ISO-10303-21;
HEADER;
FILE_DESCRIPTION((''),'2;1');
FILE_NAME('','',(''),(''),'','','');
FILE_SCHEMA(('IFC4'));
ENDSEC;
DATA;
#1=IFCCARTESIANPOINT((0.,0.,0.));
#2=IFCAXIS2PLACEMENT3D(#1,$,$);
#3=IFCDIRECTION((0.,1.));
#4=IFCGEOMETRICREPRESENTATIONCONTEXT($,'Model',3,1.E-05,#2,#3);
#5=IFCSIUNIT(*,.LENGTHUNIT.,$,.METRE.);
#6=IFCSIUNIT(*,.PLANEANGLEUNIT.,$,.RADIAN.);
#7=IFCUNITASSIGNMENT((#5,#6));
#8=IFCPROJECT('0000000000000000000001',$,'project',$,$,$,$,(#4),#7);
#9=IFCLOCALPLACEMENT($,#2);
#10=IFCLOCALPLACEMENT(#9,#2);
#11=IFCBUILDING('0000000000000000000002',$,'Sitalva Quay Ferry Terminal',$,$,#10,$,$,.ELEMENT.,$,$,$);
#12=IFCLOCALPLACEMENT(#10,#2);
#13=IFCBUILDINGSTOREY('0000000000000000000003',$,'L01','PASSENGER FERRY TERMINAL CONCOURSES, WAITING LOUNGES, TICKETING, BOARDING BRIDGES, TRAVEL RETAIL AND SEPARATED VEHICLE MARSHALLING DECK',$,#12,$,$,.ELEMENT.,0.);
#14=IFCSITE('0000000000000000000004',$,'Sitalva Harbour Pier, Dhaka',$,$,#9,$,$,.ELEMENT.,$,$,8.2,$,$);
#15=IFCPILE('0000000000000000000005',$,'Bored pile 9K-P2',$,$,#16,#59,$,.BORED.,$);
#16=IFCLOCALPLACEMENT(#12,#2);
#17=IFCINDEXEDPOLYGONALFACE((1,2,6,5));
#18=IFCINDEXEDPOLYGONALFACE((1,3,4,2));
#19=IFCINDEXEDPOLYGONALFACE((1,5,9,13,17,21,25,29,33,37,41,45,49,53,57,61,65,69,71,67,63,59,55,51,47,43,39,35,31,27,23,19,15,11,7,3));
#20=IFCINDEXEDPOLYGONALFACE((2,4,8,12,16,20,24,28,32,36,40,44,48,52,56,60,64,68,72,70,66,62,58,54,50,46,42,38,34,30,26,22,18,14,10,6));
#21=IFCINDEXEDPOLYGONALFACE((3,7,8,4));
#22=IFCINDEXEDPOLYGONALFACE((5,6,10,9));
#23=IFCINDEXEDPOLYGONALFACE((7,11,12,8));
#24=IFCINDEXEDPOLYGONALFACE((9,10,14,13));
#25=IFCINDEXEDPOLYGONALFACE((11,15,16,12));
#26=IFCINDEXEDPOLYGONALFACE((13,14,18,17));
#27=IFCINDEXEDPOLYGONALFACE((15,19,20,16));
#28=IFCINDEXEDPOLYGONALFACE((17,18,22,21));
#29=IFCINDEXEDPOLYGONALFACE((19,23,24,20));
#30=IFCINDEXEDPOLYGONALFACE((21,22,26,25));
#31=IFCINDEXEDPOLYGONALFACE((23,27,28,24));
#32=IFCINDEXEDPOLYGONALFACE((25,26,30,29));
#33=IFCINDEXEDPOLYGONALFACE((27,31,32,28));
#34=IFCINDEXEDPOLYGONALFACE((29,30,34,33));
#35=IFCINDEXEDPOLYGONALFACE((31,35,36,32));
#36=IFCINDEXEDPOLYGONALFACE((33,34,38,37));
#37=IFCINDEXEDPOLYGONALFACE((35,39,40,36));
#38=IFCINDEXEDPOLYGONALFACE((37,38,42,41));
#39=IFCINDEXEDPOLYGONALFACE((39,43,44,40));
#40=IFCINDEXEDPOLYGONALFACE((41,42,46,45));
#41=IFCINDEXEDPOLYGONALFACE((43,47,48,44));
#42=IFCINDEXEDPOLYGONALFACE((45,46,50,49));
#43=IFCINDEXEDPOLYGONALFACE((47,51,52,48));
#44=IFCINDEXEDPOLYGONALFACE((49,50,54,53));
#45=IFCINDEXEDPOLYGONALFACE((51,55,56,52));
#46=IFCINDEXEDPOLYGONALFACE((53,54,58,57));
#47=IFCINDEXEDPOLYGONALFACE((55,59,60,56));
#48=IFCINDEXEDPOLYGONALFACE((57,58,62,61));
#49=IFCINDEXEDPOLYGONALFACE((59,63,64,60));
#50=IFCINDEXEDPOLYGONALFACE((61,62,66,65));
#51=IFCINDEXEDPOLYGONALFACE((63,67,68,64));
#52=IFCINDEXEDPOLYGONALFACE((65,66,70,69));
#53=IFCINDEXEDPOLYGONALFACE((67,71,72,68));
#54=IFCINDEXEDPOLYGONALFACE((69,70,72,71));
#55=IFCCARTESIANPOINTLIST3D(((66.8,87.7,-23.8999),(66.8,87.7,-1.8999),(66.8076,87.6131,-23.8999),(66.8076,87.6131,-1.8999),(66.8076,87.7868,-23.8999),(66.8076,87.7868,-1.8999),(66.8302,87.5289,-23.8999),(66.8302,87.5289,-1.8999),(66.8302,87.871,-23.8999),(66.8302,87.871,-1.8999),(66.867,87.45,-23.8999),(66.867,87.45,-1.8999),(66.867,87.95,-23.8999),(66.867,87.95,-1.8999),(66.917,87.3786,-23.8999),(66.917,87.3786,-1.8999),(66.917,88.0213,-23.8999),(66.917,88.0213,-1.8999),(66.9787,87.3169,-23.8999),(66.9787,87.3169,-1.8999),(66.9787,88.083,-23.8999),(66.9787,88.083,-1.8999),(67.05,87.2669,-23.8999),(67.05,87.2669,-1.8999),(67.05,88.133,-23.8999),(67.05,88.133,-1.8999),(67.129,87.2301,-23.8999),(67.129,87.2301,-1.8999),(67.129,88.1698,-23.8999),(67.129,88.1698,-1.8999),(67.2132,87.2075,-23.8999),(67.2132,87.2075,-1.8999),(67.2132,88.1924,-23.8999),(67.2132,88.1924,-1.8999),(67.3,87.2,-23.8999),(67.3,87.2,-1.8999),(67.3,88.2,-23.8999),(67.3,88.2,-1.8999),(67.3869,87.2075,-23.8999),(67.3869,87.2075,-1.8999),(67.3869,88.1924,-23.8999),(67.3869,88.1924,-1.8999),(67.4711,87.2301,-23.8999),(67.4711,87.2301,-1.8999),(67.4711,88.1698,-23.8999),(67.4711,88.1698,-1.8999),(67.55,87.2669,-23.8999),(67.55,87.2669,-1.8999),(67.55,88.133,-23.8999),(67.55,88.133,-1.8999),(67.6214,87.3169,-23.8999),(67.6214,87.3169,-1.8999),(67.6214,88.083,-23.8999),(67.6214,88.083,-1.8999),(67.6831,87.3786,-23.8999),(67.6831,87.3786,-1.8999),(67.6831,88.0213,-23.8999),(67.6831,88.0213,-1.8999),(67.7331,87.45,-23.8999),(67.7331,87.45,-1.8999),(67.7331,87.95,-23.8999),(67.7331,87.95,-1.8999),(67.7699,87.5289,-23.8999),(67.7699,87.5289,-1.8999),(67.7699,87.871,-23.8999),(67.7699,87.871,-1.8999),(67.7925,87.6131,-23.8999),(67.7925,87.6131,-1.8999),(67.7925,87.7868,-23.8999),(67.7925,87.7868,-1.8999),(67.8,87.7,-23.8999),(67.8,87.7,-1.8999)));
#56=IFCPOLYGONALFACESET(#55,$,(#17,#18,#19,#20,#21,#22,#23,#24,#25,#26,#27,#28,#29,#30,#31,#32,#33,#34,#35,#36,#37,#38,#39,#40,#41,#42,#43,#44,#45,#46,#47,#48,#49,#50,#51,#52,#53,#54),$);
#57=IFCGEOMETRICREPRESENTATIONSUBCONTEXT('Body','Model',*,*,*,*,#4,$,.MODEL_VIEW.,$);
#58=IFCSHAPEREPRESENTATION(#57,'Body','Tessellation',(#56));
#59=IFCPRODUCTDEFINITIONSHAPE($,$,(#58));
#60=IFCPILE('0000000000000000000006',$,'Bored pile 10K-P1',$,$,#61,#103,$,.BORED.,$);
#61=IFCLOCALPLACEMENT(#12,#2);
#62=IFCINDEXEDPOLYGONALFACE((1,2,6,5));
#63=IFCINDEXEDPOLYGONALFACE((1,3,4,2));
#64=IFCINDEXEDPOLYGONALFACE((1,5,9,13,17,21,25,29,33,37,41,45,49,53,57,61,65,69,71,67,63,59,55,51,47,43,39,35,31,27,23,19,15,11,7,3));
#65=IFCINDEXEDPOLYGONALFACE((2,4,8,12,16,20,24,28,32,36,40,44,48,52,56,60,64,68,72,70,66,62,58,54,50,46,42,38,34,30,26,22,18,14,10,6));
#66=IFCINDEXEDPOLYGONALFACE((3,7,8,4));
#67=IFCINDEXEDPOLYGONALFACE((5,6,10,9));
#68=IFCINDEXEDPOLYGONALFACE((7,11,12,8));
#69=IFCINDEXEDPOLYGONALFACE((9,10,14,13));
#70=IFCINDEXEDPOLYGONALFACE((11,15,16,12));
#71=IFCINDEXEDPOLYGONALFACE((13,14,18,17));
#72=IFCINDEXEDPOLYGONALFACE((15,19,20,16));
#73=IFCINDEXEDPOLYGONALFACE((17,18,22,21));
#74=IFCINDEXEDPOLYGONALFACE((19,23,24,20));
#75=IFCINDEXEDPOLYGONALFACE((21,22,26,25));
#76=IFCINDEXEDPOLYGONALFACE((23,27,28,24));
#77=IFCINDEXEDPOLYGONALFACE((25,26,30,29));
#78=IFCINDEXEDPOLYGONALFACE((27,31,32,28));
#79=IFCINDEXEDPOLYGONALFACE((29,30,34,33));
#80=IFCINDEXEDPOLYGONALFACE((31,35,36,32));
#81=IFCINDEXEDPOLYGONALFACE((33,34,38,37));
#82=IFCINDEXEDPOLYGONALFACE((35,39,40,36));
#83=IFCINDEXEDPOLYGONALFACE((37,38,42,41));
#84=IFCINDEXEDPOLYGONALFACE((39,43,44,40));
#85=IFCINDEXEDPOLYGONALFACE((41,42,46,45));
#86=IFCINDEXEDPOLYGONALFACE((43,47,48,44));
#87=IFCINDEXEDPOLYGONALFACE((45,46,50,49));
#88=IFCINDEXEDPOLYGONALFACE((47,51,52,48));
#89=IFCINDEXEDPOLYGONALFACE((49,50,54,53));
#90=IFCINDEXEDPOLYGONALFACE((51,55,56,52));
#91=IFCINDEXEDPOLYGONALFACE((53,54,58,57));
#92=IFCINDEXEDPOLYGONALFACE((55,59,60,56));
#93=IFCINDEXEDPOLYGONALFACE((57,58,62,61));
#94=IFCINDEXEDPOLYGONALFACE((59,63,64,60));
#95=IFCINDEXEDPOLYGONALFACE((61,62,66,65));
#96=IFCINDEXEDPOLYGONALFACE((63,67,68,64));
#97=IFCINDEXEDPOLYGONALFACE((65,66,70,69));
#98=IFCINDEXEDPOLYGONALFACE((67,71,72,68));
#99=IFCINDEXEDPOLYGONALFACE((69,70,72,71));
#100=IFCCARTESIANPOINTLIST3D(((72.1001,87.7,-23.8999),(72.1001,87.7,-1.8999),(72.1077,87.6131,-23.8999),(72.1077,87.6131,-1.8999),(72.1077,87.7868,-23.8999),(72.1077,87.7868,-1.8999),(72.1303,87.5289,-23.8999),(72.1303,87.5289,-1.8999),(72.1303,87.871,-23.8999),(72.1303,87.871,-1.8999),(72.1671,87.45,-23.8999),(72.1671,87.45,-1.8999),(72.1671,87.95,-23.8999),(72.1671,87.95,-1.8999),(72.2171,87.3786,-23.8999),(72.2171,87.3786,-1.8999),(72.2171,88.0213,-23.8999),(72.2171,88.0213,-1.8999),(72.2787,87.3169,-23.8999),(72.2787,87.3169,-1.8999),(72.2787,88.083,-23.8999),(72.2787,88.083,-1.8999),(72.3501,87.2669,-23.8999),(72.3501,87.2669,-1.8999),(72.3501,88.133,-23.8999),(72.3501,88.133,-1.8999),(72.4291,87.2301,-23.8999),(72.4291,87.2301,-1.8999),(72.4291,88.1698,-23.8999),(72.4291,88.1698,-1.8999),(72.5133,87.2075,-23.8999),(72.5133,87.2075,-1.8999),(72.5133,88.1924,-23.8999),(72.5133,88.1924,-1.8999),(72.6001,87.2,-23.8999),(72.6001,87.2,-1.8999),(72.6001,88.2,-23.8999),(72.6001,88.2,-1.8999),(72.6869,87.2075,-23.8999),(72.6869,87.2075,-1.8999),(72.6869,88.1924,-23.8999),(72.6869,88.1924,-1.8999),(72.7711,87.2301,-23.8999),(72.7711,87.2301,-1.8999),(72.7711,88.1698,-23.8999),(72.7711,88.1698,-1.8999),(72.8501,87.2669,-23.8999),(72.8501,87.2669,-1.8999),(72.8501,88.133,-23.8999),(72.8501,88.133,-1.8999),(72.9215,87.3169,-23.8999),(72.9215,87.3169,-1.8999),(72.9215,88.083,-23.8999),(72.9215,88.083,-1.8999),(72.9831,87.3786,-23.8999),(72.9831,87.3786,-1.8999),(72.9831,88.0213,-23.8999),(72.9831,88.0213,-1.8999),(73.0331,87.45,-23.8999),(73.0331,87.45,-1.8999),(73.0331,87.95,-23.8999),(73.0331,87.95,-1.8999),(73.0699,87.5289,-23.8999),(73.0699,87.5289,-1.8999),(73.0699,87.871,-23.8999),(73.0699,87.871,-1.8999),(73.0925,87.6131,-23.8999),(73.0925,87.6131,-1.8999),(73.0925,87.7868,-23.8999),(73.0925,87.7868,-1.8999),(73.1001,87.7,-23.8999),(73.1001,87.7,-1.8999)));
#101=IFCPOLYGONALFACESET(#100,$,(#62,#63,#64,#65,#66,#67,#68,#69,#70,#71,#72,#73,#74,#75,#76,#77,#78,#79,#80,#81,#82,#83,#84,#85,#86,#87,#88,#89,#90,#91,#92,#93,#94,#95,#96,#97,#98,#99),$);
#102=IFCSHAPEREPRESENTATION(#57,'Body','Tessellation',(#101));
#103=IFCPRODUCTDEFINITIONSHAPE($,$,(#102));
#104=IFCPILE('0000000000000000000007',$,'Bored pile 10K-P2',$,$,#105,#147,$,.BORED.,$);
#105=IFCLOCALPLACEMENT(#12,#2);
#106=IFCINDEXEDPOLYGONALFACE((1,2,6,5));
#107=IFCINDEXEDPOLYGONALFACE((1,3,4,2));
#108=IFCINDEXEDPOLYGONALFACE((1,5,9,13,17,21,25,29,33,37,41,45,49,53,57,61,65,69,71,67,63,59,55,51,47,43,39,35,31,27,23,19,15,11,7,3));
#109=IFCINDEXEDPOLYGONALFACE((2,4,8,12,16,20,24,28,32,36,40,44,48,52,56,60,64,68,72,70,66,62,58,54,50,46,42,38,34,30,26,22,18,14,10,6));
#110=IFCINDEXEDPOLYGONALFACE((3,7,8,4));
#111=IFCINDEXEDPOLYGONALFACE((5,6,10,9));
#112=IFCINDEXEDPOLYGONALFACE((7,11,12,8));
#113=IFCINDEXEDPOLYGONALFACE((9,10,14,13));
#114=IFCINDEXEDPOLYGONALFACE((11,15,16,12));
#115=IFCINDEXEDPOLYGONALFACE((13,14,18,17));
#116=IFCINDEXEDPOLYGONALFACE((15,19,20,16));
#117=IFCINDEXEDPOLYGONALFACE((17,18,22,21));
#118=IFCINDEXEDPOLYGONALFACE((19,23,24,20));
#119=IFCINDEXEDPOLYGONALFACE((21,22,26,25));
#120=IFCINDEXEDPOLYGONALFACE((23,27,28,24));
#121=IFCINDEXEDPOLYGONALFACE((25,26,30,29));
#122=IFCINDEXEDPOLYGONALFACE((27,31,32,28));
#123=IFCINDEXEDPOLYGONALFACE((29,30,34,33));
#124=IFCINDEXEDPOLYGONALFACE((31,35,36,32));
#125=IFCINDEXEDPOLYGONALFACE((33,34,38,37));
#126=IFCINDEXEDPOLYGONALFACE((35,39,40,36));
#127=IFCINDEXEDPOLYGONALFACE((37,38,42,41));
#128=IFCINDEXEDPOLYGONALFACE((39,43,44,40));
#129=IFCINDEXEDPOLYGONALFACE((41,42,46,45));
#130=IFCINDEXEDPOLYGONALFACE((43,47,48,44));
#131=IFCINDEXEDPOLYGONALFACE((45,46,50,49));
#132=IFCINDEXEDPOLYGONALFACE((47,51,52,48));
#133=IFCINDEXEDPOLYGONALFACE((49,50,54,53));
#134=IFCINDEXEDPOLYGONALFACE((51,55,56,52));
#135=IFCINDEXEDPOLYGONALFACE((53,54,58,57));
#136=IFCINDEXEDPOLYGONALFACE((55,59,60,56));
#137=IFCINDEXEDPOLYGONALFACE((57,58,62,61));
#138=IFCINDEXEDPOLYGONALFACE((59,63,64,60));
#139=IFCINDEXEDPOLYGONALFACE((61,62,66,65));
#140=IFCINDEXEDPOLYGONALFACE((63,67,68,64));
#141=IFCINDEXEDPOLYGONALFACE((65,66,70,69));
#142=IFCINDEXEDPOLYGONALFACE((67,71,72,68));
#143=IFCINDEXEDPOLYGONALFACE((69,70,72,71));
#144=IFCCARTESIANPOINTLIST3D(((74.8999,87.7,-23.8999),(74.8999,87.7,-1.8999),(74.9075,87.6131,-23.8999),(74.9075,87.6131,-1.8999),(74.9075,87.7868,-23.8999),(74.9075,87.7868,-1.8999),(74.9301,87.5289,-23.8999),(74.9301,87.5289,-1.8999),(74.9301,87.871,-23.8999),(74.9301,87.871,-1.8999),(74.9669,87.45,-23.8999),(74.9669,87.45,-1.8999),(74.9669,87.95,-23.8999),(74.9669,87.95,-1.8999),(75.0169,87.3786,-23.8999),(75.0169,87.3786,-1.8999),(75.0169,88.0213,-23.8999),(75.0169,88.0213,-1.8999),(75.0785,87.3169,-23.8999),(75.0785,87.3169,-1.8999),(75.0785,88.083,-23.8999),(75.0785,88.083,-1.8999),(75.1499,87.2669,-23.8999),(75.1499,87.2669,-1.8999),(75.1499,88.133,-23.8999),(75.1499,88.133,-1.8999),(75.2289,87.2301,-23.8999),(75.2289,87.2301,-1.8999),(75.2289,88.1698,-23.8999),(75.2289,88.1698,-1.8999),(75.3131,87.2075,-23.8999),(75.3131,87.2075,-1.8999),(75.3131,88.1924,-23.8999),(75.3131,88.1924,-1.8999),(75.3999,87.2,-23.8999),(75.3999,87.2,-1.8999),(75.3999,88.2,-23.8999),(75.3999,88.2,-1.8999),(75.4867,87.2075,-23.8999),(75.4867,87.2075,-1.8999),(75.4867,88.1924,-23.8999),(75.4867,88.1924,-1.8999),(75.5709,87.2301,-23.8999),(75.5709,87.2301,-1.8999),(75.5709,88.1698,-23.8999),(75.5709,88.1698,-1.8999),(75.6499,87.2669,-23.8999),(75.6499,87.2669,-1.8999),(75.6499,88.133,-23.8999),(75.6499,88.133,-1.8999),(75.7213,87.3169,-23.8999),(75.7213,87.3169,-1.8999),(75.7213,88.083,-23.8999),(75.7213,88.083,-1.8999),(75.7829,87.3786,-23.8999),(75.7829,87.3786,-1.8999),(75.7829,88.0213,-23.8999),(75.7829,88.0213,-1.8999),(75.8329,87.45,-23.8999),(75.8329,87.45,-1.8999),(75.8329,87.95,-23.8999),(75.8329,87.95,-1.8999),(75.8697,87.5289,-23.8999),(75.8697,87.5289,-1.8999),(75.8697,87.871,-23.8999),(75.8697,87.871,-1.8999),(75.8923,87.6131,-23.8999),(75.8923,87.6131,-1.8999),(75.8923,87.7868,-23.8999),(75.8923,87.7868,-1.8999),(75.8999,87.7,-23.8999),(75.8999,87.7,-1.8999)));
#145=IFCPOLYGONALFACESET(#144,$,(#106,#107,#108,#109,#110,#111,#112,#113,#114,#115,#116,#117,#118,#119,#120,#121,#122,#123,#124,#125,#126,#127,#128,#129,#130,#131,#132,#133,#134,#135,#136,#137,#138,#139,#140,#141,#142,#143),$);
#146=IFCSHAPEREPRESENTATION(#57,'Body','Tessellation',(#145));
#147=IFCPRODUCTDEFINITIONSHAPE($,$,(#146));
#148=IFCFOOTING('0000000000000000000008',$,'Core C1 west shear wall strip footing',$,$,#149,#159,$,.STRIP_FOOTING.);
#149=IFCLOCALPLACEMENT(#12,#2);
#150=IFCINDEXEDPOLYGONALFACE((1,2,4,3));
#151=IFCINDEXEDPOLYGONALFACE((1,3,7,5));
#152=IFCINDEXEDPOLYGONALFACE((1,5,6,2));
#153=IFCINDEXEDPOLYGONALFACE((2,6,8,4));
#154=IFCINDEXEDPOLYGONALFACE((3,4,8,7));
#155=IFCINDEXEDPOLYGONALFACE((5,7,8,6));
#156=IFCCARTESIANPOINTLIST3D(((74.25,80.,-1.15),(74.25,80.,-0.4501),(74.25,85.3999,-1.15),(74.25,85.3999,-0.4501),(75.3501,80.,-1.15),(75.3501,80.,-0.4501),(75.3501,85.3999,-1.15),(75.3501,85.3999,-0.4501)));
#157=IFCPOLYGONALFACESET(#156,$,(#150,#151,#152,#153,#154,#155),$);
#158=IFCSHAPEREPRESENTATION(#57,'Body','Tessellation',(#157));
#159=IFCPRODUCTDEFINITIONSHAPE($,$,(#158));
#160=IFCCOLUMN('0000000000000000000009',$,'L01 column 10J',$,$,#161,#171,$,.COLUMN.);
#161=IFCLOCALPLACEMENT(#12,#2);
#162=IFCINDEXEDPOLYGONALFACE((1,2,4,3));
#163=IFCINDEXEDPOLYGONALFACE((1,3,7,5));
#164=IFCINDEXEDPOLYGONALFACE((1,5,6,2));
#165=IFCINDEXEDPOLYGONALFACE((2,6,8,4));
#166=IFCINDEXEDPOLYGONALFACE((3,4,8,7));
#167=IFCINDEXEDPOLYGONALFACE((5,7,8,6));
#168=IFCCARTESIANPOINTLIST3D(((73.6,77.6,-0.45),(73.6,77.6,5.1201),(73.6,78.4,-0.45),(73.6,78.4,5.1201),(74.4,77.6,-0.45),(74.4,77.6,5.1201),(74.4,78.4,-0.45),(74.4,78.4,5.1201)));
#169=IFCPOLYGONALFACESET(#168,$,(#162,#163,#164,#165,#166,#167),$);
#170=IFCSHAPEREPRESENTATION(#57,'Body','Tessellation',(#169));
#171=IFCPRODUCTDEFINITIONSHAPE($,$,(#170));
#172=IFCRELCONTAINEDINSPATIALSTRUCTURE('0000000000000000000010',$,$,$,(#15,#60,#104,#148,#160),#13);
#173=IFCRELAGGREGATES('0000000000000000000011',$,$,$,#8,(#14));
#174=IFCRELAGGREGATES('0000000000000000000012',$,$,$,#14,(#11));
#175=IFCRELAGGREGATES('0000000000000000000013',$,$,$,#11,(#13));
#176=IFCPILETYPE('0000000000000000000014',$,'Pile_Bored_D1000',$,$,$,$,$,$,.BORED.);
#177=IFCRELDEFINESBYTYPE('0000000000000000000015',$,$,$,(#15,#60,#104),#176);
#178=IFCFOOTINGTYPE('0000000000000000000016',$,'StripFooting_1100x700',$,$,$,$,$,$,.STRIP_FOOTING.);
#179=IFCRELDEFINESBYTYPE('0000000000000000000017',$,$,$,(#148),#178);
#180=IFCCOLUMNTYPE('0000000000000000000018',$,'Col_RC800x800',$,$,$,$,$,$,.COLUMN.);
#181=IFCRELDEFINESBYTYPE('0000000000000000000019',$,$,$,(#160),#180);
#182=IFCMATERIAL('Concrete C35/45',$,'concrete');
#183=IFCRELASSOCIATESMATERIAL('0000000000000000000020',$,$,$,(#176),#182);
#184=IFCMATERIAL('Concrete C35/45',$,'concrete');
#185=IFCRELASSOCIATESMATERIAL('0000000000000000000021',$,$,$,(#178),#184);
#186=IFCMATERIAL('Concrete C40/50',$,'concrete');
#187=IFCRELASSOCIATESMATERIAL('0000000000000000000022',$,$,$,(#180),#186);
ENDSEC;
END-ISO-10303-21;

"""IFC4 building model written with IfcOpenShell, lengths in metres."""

from ifc_helpers import new_model, si_unit, direction, frame, origin, origin_2d, place, context, subcontext, project, spatial, rectangle, circle, extrude, material, material_profile, profile_set, type_object, element, save


model = new_model("IFC4")

# Units and contexts
model_context = context("Model", 3, precision=1e-05, world=origin(), true_north=direction((0.0, 1.0)))
body_context = subcontext(model_context, "Body", "Model", "MODEL_VIEW")
ifc_project = project(units=[si_unit("LENGTHUNIT", "METRE"), si_unit("PLANEANGLEUNIT", "RADIAN")], contexts=[model_context])

# Site, building, storey
site_placement = place(None, origin())
site = spatial("IfcSite", under=ifc_project, at=site_placement, Name="Sitalva Harbour Pier, Dhaka", CompositionType="ELEMENT", RefElevation=8.2)
building_placement = place(site_placement, origin())
building = spatial("IfcBuilding", under=site, at=building_placement, Name="Sitalva Quay Ferry Terminal", CompositionType="ELEMENT")
storey_placement = place(building_placement, origin())
storey = spatial("IfcBuildingStorey", under=building, at=storey_placement, Name="L01", Description="PASSENGER FERRY TERMINAL CONCOURSES, WAITING LOUNGES, TICKETING, BOARDING BRIDGES, TRAVEL RETAIL AND SEPARATED VEHICLE MARSHALLING DECK", CompositionType="ELEMENT", Elevation=0.0)

# Piles
ifc_material_1 = material(Name="Concrete C35/45", Category="concrete")
ifc_material_profile_1 = material_profile(ifc_material_1, circle(Radius=0.5, at=origin_2d()), Name="PILE-D1000")
ifc_profile_set_1 = profile_set([ifc_material_profile_1], Name="Concrete C35/45")
pile_type = type_object("IfcPileType", Name="Pile_Bored_D1000", PredefinedType="BORED", material=ifc_profile_set_1)
for number, where, z_axis, x_axis, name in (
    (1, (67.3, 87.7, -1.8999), (0.0, 0.0, -1.0), (1.0, 0.0, 0.0), "Bored pile 9K-P2"),
    (2, (72.6001, 87.7, -1.8999), (0.0, 0.0, -1.0), (1.0, 0.0, 0.0), "Bored pile 10K-P1"),
    (3, (75.3999, 87.7, -1.8999), (0.0, 0.0, -1.0), (1.0, 0.0, 0.0), "Bored pile 10K-P2"),
):
    element("IfcPile", number, at=place(storey_placement, frame(where, z_axis=z_axis, x_axis=x_axis)), inside=storey, type_object=pile_type, Name=name, PredefinedType="BORED", context=body_context, shape_type="SweptSolid", body=[
        extrude(circle(Radius=0.5, at=origin_2d()), origin(), (0.0, 0.0, 1.0), 22.0),
    ])

# Footing
ifc_material_2 = material(Name="Concrete C35/45", Category="concrete")
ifc_material_profile_2 = material_profile(ifc_material_2, rectangle(XDim=1.1001, YDim=0.7, at=origin_2d()), Name="RC1100x700")
ifc_profile_set_2 = profile_set([ifc_material_profile_2], Name="Concrete C35/45")
footing_type_1 = type_object("IfcFootingType", Name="StripFooting_1100x700", PredefinedType="STRIP_FOOTING", material=ifc_profile_set_2)
footing_1_placement = place(storey_placement, frame((74.8, 80.0, -0.8), z_axis=(0.0, 1.0, 0.0), x_axis=(-1.0, 0.0, 0.0)))
element("IfcFooting", 4, at=footing_1_placement, inside=storey, type_object=footing_type_1, Name="Core C1 west shear wall strip footing", PredefinedType="STRIP_FOOTING", context=body_context, shape_type="SweptSolid", body=[
    extrude(rectangle(XDim=1.1001, YDim=0.7, at=origin_2d()), origin(), (0.0, 0.0, 1.0), 5.3999),
])

# Column
ifc_material_3 = material(Name="Concrete C40/50", Category="concrete")
ifc_material_profile_3 = material_profile(ifc_material_3, rectangle(XDim=0.8, YDim=0.8, at=origin_2d()), Name="RC800x800")
ifc_profile_set_3 = profile_set([ifc_material_profile_3], Name="Concrete C40/50")
column_type = type_object("IfcColumnType", Name="Col_RC800x800", PredefinedType="COLUMN", material=ifc_profile_set_3)
column_placement = place(storey_placement, frame((74.0, 78.0, -0.45), z_axis=(0.0, 0.0, 1.0), x_axis=(1.0, 0.0, 0.0)))
element("IfcColumn", 5, at=column_placement, inside=storey, type_object=column_type, Name="L01 column 10J", PredefinedType="COLUMN", context=body_context, shape_type="SweptSolid", body=[
    extrude(rectangle(XDim=0.8, YDim=0.8, at=origin_2d()), origin(), (0.0, 0.0, 1.0), 5.5701),
])

save(model, "model.ifc")
